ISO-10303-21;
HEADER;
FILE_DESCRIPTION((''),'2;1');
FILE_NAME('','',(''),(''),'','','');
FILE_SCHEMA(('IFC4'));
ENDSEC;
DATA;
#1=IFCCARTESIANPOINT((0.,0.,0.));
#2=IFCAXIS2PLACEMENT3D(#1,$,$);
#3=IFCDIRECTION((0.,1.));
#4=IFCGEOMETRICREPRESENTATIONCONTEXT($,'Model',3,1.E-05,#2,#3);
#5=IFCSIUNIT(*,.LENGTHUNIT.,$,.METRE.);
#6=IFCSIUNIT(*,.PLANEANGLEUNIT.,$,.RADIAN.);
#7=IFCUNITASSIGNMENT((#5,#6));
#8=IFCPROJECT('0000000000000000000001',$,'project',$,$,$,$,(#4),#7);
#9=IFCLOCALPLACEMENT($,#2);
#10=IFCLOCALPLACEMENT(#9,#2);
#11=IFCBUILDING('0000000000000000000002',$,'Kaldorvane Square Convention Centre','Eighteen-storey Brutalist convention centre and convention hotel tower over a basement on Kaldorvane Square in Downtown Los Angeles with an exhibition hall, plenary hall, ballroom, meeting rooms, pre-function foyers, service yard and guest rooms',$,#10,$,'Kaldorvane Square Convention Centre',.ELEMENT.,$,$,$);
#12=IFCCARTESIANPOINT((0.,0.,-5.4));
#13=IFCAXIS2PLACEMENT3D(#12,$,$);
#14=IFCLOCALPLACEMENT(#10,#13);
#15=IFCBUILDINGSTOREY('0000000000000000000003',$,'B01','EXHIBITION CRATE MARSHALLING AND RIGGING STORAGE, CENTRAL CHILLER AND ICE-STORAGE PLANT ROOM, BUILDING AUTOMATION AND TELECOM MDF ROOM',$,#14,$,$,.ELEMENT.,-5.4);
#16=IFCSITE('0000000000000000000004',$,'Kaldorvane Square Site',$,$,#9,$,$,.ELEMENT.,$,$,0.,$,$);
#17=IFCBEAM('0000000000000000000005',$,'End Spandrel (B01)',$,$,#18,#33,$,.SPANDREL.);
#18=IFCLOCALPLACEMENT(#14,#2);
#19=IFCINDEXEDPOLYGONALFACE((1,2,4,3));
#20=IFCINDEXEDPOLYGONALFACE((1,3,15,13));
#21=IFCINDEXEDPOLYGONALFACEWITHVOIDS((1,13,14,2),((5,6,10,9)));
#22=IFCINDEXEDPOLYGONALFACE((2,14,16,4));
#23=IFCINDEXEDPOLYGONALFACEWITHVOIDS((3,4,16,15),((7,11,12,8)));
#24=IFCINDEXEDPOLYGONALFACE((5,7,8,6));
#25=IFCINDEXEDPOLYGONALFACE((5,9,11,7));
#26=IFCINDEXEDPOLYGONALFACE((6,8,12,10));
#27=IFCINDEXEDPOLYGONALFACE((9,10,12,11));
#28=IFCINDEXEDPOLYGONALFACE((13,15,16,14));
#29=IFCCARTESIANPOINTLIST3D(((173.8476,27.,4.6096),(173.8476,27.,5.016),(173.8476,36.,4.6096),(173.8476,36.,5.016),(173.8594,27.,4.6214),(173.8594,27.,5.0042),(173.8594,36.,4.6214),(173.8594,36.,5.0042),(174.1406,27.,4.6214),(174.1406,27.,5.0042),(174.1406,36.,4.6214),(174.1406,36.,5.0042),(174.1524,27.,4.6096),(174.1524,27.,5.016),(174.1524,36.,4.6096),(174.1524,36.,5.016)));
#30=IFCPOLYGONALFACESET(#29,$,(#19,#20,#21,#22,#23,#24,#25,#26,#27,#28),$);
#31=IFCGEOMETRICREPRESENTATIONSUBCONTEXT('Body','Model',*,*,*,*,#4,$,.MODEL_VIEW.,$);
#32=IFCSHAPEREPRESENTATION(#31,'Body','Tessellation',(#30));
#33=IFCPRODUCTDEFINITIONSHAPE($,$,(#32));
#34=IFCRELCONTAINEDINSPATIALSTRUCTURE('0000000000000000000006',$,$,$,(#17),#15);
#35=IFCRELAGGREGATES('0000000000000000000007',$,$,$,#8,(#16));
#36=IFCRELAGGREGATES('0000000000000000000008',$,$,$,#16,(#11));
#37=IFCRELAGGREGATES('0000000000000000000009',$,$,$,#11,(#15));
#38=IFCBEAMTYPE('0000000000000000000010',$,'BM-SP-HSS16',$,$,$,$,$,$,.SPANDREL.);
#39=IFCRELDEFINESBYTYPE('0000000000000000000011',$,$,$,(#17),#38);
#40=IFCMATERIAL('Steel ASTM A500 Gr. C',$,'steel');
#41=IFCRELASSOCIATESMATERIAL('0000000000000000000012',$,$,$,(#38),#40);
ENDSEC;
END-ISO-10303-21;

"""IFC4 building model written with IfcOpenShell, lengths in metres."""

from ifc_helpers import new_model, si_unit, direction, frame, origin, origin_2d, place, context, subcontext, project, spatial, hollow_rectangle, extrude, material, material_profile, profile_set, type_object, element, save


model = new_model("IFC4")

# Units and contexts
model_context = context("Model", 3, precision=1e-05, world=origin(), true_north=direction((0.0, 1.0)))
body_context = subcontext(model_context, "Body", "Model", "MODEL_VIEW")
ifc_project = project(units=[si_unit("LENGTHUNIT", "METRE"), si_unit("PLANEANGLEUNIT", "RADIAN")], contexts=[model_context])

# Site, building, storey
site_placement = place(None, origin())
site = spatial("IfcSite", under=ifc_project, at=site_placement, Name="Kaldorvane Square Site", CompositionType="ELEMENT", RefElevation=0.0)
building_placement = place(site_placement, origin())
building = spatial("IfcBuilding", under=site, at=building_placement, Name="Kaldorvane Square Convention Centre", Description="Eighteen-storey Brutalist convention centre and convention hotel tower over a basement on Kaldorvane Square in Downtown Los Angeles with an exhibition hall, plenary hall, ballroom, meeting rooms, pre-function foyers, service yard and guest rooms", LongName="Kaldorvane Square Convention Centre", CompositionType="ELEMENT")
storey_placement = place(building_placement, frame((0.0, 0.0, -5.4)))
storey = spatial("IfcBuildingStorey", under=building, at=storey_placement, Name="B01", Description="EXHIBITION CRATE MARSHALLING AND RIGGING STORAGE, CENTRAL CHILLER AND ICE-STORAGE PLANT ROOM, BUILDING AUTOMATION AND TELECOM MDF ROOM", CompositionType="ELEMENT", Elevation=-5.4)

# Beam
ifc_material_1 = material(Name="Steel ASTM A500 Gr. C", Category="steel")
ifc_material_profile_1 = material_profile(ifc_material_1, hollow_rectangle(XDim=0.3048, YDim=0.4064, WallThickness=0.0118, at=origin_2d()), Name="HSS16X12X1/2")
ifc_profile_set_1 = profile_set([ifc_material_profile_1], Name="Steel ASTM A500 Gr. C")
beam_type_1 = type_object("IfcBeamType", Name="BM-SP-HSS16", PredefinedType="SPANDREL", material=ifc_profile_set_1)
beam_1_placement = place(storey_placement, frame((174.0, 27.0, 4.8128), z_axis=(0.0, 1.0, 0.0), x_axis=(-1.0, 0.0, 0.0)))
element("IfcBeam", 1, at=beam_1_placement, inside=storey, type_object=beam_type_1, Name="End Spandrel (B01)", PredefinedType="SPANDREL", context=body_context, shape_type="SweptSolid", body=[
    extrude(hollow_rectangle(XDim=0.3048, YDim=0.4064, WallThickness=0.0118, at=origin_2d()), origin(), (0.0, 0.0, 1.0), 9.0),
])

save(model, "model.ifc")
